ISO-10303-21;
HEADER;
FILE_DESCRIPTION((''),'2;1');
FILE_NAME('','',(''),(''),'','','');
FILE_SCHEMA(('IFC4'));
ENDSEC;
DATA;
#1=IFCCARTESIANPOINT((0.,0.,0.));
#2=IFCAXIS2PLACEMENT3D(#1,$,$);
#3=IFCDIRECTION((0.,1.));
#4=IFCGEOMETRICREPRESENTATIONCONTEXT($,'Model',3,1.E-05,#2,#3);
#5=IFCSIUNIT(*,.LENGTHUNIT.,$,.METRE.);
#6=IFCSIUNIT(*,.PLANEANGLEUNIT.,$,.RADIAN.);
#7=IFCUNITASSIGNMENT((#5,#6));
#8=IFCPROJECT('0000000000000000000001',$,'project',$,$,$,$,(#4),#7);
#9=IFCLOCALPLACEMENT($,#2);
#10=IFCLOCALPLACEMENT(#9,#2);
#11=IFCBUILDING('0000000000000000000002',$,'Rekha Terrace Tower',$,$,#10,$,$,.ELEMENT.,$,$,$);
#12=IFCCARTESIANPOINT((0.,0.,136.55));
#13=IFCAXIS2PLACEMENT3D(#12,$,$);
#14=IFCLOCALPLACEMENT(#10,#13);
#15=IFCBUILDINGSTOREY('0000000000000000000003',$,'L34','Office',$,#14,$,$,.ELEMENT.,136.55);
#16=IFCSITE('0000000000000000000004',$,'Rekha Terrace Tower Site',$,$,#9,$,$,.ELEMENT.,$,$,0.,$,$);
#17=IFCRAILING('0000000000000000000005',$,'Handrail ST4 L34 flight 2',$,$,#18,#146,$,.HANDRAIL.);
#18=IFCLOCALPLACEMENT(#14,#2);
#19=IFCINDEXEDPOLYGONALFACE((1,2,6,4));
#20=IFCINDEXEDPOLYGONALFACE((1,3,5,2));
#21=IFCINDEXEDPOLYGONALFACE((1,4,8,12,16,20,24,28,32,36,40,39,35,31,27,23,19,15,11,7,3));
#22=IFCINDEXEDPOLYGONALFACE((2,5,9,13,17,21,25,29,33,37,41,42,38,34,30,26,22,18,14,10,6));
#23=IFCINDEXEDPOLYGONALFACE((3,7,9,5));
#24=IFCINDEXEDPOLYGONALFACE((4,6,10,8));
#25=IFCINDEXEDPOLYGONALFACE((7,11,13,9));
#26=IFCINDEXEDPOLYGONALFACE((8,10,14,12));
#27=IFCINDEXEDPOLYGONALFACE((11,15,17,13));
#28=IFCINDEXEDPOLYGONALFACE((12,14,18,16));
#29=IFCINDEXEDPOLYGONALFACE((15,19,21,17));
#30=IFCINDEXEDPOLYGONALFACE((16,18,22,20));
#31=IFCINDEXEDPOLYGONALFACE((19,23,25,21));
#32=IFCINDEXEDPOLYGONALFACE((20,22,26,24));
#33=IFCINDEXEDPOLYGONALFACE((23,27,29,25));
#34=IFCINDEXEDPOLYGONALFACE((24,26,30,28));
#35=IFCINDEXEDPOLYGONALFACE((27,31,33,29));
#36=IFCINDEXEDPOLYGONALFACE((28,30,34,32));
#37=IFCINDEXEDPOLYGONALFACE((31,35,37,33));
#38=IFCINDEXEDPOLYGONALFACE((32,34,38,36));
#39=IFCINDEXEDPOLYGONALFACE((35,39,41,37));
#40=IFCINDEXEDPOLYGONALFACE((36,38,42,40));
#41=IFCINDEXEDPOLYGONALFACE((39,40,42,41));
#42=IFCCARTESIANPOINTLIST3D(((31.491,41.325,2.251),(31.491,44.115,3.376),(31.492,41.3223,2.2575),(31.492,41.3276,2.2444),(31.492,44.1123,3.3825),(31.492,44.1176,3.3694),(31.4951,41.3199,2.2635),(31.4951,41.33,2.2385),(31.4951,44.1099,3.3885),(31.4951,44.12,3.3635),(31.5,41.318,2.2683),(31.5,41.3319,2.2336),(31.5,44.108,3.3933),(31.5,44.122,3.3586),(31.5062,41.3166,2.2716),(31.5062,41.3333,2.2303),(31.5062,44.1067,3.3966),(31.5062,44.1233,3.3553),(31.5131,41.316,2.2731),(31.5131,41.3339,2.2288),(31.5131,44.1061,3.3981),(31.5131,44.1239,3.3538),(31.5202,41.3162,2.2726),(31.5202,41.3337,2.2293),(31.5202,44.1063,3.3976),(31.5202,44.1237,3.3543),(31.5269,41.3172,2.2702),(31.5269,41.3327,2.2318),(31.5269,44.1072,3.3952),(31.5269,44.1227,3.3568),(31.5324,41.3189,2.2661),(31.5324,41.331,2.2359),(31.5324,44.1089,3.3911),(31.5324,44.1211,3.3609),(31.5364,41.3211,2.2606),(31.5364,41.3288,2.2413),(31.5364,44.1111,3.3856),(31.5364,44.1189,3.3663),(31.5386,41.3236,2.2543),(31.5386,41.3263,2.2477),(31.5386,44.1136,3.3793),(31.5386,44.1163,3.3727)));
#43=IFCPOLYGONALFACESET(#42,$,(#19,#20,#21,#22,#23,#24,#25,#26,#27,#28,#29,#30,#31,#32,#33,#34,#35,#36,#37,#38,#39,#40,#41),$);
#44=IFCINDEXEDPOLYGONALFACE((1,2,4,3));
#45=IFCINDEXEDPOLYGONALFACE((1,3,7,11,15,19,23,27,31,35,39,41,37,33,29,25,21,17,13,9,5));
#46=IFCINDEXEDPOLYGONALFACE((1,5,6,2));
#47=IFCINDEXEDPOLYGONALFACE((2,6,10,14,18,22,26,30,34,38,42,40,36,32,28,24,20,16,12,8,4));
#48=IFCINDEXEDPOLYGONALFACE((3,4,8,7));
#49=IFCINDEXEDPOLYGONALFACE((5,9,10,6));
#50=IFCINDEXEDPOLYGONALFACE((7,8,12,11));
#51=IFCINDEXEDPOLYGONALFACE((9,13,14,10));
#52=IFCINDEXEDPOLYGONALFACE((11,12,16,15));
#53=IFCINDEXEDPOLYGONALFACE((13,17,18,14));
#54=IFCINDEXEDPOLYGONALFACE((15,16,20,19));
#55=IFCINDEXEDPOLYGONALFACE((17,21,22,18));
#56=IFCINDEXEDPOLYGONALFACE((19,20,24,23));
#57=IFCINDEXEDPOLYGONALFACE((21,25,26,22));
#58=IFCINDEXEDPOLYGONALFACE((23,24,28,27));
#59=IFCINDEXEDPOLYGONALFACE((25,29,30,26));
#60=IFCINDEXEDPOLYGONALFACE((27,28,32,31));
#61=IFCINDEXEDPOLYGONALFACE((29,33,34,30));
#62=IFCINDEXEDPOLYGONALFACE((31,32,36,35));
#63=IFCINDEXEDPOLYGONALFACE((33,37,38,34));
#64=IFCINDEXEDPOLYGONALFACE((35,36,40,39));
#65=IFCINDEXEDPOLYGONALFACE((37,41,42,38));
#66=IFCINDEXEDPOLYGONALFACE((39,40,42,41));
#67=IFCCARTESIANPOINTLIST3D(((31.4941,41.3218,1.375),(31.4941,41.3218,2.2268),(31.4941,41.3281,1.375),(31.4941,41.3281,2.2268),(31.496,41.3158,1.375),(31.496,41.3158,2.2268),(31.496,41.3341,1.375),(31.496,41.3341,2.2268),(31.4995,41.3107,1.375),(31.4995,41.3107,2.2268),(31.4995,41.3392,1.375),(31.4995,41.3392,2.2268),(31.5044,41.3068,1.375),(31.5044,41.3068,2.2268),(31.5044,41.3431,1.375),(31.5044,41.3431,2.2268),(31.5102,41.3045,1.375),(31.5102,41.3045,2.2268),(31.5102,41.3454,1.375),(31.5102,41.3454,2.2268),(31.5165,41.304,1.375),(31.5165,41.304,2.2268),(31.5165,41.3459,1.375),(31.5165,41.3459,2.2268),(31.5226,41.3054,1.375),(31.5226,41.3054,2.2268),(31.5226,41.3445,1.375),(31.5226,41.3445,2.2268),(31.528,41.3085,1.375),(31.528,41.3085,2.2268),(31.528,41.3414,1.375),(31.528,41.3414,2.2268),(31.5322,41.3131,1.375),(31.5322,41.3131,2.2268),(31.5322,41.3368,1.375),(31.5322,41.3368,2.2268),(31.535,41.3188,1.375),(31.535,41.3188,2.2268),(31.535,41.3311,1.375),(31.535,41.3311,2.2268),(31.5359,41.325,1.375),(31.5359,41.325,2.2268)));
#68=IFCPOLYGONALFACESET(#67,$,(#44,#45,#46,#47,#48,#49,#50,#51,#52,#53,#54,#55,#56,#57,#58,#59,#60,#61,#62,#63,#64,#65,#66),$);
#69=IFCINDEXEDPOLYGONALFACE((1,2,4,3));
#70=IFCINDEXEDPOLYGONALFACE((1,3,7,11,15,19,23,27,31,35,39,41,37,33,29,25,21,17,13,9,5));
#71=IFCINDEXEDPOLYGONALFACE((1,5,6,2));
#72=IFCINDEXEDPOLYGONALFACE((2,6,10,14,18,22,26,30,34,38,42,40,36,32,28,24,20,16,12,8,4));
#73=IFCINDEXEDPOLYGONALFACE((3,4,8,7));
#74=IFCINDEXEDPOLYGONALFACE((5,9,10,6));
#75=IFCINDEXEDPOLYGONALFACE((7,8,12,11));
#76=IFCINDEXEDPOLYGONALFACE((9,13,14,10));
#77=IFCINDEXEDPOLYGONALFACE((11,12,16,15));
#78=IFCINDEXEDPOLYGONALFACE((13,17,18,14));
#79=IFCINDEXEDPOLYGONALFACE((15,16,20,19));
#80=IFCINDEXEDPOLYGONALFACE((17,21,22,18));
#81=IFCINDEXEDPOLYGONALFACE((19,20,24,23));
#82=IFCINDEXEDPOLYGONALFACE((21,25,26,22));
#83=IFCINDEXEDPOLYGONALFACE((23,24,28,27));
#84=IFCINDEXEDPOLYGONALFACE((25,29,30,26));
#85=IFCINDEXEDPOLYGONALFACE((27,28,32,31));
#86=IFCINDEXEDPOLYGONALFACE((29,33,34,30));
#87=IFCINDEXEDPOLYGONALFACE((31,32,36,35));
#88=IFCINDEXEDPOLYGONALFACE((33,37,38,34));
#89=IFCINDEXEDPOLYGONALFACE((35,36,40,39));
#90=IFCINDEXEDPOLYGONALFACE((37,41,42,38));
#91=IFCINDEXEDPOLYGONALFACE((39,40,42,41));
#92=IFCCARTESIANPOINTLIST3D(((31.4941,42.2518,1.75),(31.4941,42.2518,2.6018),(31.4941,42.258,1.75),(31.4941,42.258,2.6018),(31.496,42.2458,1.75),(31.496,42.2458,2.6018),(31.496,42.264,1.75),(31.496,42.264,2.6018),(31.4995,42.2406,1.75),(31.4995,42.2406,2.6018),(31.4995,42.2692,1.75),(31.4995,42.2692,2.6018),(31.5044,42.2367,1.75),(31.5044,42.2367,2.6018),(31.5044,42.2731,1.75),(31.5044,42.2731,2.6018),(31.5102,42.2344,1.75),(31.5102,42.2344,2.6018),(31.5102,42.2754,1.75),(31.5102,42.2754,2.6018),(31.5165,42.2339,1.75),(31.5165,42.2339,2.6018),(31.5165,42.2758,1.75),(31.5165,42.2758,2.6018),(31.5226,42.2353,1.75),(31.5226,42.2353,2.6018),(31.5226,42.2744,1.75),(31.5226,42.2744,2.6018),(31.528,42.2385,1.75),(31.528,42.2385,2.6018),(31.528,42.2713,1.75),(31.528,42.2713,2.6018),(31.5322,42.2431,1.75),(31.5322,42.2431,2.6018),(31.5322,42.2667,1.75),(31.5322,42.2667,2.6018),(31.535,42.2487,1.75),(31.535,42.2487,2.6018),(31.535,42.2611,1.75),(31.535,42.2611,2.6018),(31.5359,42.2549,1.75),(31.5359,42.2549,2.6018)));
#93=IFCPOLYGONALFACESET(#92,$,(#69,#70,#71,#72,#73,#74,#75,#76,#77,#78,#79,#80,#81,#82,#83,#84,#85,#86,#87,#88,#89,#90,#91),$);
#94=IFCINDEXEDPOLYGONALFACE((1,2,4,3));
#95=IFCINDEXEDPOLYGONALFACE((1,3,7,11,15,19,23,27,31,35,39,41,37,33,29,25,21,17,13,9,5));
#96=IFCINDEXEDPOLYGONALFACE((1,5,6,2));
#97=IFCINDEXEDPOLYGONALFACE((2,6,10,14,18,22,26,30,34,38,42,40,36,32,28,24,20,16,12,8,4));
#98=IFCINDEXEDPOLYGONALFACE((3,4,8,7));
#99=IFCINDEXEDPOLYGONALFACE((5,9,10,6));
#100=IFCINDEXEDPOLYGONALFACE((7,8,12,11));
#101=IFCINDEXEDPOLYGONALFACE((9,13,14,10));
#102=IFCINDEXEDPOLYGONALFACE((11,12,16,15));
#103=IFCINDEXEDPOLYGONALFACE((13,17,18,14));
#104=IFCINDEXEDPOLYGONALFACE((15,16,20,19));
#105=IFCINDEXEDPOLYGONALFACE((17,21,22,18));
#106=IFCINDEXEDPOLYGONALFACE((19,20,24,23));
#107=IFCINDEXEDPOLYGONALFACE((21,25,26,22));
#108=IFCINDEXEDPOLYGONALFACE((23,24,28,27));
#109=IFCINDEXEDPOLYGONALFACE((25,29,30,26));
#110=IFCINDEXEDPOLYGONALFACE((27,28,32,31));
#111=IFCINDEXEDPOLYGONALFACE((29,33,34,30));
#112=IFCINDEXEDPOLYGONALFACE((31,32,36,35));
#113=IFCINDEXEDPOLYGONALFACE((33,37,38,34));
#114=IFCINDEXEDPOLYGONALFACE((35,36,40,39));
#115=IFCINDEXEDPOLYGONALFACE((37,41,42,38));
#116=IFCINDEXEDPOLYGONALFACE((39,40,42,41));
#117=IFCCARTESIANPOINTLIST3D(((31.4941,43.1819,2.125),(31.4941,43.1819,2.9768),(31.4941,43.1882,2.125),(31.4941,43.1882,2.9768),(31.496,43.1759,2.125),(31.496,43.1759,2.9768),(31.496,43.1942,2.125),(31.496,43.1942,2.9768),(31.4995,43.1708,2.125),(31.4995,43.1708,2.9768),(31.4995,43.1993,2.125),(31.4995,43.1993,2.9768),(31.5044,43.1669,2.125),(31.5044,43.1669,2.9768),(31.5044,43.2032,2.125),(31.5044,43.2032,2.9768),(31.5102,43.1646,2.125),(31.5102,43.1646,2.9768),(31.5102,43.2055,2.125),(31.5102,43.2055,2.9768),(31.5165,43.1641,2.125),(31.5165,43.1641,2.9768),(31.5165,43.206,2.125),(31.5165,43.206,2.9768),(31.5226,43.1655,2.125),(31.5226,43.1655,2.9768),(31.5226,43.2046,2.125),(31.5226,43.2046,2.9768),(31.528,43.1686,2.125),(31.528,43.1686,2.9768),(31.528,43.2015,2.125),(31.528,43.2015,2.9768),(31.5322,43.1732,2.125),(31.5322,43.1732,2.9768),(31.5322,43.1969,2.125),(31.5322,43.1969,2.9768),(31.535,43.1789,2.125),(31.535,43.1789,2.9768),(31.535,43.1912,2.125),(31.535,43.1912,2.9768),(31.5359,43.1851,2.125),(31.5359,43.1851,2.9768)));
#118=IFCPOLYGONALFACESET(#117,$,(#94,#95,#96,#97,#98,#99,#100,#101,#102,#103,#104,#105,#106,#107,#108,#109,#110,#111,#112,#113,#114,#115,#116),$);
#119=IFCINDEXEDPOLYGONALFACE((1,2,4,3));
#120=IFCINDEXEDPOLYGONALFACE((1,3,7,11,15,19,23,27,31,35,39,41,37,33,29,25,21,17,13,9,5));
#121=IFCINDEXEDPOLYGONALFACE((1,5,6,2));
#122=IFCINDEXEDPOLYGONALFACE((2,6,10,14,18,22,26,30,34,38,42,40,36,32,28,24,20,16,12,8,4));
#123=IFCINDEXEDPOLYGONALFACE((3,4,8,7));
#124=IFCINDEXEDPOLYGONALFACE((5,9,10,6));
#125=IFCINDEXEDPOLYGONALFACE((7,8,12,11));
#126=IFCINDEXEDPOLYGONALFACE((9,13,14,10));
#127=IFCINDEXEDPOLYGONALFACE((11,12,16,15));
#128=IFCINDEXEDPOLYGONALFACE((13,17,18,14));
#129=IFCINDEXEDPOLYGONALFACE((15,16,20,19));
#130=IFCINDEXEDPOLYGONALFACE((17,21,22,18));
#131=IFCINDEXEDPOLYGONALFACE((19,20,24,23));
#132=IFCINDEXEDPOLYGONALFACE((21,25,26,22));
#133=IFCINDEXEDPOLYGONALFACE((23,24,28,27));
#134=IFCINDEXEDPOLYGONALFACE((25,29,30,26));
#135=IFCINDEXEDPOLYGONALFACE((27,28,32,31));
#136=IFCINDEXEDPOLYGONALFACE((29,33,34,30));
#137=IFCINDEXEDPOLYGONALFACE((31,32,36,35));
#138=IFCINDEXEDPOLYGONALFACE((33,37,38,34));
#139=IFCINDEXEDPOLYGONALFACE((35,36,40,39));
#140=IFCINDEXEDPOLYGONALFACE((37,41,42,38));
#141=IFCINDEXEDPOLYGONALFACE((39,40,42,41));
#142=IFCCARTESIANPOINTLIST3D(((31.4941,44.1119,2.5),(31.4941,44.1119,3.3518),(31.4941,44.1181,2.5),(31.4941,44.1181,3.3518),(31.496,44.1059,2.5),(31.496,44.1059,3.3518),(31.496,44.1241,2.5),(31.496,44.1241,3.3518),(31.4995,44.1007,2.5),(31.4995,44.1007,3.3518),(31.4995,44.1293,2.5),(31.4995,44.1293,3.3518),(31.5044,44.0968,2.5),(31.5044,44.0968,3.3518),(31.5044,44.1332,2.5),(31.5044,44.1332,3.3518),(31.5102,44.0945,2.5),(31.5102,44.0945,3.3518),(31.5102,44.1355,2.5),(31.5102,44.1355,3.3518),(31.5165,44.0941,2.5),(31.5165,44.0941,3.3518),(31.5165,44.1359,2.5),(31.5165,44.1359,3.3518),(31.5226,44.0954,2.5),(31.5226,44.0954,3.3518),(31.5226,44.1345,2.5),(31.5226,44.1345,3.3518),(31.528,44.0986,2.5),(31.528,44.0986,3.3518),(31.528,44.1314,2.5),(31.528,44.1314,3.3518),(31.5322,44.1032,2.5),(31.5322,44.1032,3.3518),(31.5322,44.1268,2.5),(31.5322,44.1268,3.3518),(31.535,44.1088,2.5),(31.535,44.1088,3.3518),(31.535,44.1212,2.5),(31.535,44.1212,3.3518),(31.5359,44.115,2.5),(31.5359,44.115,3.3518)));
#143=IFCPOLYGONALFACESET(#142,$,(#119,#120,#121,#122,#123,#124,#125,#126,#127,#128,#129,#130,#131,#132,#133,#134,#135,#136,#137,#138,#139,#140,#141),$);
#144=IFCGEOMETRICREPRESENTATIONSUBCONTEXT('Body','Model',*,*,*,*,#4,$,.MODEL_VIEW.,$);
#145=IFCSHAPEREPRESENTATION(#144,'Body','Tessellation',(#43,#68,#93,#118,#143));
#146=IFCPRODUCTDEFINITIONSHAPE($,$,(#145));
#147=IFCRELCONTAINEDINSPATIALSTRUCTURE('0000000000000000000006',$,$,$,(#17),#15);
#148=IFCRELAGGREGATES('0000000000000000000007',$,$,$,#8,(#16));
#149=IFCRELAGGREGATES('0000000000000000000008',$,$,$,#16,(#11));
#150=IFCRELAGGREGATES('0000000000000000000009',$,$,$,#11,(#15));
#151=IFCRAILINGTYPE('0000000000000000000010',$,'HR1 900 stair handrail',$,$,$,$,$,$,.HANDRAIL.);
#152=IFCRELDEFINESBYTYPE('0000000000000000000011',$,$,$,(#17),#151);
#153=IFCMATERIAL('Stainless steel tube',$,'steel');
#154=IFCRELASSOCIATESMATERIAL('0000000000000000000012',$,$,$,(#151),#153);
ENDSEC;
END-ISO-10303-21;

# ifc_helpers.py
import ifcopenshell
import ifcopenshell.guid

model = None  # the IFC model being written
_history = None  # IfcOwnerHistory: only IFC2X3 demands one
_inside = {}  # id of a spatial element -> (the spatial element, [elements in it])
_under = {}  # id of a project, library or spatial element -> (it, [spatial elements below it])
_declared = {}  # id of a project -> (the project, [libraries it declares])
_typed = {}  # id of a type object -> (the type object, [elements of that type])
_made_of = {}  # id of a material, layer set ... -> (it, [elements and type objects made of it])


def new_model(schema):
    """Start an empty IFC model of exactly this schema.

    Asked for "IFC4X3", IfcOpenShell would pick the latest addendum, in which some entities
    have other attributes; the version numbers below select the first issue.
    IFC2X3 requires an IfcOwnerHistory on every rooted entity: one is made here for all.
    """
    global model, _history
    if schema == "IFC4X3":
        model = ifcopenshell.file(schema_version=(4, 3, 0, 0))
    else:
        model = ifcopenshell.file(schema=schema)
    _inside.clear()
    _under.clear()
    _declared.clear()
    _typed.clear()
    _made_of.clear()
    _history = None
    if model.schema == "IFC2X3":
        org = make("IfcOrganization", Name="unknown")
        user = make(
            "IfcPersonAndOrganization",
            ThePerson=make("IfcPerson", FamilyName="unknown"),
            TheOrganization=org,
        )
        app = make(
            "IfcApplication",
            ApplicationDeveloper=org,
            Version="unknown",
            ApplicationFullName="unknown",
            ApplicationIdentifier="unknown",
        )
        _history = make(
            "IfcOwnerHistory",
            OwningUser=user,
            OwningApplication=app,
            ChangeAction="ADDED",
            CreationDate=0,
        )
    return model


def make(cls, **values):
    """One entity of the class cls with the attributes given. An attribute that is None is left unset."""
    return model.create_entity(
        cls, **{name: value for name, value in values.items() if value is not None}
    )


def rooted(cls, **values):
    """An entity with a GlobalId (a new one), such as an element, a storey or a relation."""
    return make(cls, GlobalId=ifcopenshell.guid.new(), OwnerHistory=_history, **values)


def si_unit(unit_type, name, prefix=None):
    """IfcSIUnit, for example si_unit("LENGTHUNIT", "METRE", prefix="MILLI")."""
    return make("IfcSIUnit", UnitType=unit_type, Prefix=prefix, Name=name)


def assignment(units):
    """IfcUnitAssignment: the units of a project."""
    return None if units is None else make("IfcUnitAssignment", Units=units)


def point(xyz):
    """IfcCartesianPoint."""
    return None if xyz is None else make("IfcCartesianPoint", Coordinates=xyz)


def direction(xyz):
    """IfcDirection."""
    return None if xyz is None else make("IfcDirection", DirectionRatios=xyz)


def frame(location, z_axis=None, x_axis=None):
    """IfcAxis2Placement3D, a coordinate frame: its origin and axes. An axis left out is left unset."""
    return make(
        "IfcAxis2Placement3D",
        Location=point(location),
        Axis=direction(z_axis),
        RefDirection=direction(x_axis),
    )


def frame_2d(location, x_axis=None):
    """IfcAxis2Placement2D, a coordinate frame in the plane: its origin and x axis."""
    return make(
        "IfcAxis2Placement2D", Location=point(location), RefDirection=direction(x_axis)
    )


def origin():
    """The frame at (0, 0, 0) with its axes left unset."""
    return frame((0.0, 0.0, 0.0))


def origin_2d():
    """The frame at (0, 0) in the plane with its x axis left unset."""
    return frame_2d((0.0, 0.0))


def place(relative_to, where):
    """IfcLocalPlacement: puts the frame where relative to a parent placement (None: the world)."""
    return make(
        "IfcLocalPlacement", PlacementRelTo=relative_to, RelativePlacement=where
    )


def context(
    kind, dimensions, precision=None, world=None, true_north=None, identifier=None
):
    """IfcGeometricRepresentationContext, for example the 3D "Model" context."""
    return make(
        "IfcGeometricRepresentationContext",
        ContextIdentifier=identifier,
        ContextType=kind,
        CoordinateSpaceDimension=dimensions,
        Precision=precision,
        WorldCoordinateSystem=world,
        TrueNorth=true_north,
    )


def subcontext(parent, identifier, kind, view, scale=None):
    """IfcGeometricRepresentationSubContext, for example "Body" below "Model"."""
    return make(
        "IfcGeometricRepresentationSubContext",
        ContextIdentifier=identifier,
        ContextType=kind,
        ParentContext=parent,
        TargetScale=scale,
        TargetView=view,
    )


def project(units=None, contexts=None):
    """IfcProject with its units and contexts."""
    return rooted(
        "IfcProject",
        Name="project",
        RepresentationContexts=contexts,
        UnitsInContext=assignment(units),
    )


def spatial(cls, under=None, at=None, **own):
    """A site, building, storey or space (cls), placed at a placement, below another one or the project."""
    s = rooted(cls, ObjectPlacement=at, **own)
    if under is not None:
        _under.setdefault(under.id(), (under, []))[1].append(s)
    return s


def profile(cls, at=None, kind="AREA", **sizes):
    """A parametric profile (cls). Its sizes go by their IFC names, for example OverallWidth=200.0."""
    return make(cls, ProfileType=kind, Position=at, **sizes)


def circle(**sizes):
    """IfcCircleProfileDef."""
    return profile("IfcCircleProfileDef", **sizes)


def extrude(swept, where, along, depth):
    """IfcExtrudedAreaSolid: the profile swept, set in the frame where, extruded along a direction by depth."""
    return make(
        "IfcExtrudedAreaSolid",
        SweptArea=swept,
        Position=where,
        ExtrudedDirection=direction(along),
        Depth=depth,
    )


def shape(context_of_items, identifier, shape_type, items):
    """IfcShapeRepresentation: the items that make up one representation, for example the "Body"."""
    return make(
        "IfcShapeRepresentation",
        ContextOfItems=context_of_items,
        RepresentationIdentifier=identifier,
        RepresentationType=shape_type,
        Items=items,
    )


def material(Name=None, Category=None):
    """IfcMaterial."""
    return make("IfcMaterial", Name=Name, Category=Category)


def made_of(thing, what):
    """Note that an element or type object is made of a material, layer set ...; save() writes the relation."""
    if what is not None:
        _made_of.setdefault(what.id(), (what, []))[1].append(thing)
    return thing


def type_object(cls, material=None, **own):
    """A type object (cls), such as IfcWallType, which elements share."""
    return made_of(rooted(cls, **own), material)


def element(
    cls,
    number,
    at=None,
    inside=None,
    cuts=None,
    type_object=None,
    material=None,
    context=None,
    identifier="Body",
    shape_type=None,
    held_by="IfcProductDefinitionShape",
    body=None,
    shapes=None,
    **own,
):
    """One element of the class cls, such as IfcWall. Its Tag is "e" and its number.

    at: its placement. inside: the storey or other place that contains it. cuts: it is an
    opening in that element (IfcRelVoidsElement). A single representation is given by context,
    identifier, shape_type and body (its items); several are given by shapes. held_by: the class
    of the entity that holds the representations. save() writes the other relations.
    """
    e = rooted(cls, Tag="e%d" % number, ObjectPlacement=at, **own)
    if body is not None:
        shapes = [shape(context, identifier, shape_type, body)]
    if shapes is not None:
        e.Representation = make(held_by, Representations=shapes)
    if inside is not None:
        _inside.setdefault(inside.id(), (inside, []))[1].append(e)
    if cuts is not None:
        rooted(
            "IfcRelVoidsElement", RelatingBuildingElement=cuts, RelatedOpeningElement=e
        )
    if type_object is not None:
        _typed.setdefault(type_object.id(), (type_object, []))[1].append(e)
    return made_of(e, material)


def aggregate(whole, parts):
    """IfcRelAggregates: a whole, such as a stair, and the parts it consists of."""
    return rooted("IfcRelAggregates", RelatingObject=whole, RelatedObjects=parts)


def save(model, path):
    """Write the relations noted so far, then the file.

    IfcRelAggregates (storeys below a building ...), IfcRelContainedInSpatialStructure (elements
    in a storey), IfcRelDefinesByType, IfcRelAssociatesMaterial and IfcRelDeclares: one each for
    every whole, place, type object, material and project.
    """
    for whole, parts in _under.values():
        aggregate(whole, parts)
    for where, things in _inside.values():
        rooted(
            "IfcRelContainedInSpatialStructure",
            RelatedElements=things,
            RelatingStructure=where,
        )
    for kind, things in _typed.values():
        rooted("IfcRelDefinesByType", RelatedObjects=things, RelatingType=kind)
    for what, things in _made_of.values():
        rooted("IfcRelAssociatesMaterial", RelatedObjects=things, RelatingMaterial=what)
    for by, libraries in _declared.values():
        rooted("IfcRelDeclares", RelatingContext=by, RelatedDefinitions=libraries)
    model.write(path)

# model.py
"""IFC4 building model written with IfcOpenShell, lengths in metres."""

from ifc_helpers import new_model, si_unit, direction, frame, origin, origin_2d, place, context, subcontext, project, spatial, circle, extrude, material, type_object, element, save


model = new_model("IFC4")

# Units and contexts
model_context = context("Model", 3, precision=1e-05, world=origin(), true_north=direction((0.0, 1.0)))
body_context = subcontext(model_context, "Body", "Model", "MODEL_VIEW")
ifc_project = project(units=[si_unit("LENGTHUNIT", "METRE"), si_unit("PLANEANGLEUNIT", "RADIAN")], contexts=[model_context])

# Site, building, storey
site_placement = place(None, origin())
site = spatial("IfcSite", under=ifc_project, at=site_placement, Name="Rekha Terrace Tower Site", CompositionType="ELEMENT", RefElevation=0.0)
building_placement = place(site_placement, origin())
building = spatial("IfcBuilding", under=site, at=building_placement, Name="Rekha Terrace Tower", CompositionType="ELEMENT")
storey_placement = place(building_placement, frame((0.0, 0.0, 136.55)))
storey = spatial("IfcBuildingStorey", under=building, at=storey_placement, Name="L34", Description="Office", CompositionType="ELEMENT", Elevation=136.55)

# Railing
ifc_material_1 = material(Name="Stainless steel tube", Category="steel")
railing_type_1 = type_object("IfcRailingType", Name="HR1 900 stair handrail", PredefinedType="HANDRAIL", material=ifc_material_1)
railing_1_placement = place(storey_placement, frame((31.5149, 41.325, 1.375)))
element("IfcRailing", 1, at=railing_1_placement, inside=storey, type_object=railing_type_1, Name="Handrail ST4 L34 flight 2", PredefinedType="HANDRAIL", context=body_context, shape_type="SweptSolid", body=[
    extrude(circle(Radius=0.0239, at=origin_2d()), frame((0.0, 0.0, 0.876), z_axis=(0.0, 0.927443, 0.373964), x_axis=(-1.0, 0.0, 0.0)), (0.0, 0.0, 1.0), 3.0083),
    extrude(circle(Radius=0.021, at=origin_2d()), origin(), (0.0, 0.0, 1.0), 0.8518),
    extrude(circle(Radius=0.021, at=origin_2d()), frame((0.0, 0.9299, 0.375)), (0.0, 0.0, 1.0), 0.8518),
    extrude(circle(Radius=0.021, at=origin_2d()), frame((0.0, 1.8601, 0.75)), (0.0, 0.0, 1.0), 0.8518),
    extrude(circle(Radius=0.021, at=origin_2d()), frame((0.0, 2.79, 1.125)), (0.0, 0.0, 1.0), 0.8518),
])

save(model, "model.ifc")
